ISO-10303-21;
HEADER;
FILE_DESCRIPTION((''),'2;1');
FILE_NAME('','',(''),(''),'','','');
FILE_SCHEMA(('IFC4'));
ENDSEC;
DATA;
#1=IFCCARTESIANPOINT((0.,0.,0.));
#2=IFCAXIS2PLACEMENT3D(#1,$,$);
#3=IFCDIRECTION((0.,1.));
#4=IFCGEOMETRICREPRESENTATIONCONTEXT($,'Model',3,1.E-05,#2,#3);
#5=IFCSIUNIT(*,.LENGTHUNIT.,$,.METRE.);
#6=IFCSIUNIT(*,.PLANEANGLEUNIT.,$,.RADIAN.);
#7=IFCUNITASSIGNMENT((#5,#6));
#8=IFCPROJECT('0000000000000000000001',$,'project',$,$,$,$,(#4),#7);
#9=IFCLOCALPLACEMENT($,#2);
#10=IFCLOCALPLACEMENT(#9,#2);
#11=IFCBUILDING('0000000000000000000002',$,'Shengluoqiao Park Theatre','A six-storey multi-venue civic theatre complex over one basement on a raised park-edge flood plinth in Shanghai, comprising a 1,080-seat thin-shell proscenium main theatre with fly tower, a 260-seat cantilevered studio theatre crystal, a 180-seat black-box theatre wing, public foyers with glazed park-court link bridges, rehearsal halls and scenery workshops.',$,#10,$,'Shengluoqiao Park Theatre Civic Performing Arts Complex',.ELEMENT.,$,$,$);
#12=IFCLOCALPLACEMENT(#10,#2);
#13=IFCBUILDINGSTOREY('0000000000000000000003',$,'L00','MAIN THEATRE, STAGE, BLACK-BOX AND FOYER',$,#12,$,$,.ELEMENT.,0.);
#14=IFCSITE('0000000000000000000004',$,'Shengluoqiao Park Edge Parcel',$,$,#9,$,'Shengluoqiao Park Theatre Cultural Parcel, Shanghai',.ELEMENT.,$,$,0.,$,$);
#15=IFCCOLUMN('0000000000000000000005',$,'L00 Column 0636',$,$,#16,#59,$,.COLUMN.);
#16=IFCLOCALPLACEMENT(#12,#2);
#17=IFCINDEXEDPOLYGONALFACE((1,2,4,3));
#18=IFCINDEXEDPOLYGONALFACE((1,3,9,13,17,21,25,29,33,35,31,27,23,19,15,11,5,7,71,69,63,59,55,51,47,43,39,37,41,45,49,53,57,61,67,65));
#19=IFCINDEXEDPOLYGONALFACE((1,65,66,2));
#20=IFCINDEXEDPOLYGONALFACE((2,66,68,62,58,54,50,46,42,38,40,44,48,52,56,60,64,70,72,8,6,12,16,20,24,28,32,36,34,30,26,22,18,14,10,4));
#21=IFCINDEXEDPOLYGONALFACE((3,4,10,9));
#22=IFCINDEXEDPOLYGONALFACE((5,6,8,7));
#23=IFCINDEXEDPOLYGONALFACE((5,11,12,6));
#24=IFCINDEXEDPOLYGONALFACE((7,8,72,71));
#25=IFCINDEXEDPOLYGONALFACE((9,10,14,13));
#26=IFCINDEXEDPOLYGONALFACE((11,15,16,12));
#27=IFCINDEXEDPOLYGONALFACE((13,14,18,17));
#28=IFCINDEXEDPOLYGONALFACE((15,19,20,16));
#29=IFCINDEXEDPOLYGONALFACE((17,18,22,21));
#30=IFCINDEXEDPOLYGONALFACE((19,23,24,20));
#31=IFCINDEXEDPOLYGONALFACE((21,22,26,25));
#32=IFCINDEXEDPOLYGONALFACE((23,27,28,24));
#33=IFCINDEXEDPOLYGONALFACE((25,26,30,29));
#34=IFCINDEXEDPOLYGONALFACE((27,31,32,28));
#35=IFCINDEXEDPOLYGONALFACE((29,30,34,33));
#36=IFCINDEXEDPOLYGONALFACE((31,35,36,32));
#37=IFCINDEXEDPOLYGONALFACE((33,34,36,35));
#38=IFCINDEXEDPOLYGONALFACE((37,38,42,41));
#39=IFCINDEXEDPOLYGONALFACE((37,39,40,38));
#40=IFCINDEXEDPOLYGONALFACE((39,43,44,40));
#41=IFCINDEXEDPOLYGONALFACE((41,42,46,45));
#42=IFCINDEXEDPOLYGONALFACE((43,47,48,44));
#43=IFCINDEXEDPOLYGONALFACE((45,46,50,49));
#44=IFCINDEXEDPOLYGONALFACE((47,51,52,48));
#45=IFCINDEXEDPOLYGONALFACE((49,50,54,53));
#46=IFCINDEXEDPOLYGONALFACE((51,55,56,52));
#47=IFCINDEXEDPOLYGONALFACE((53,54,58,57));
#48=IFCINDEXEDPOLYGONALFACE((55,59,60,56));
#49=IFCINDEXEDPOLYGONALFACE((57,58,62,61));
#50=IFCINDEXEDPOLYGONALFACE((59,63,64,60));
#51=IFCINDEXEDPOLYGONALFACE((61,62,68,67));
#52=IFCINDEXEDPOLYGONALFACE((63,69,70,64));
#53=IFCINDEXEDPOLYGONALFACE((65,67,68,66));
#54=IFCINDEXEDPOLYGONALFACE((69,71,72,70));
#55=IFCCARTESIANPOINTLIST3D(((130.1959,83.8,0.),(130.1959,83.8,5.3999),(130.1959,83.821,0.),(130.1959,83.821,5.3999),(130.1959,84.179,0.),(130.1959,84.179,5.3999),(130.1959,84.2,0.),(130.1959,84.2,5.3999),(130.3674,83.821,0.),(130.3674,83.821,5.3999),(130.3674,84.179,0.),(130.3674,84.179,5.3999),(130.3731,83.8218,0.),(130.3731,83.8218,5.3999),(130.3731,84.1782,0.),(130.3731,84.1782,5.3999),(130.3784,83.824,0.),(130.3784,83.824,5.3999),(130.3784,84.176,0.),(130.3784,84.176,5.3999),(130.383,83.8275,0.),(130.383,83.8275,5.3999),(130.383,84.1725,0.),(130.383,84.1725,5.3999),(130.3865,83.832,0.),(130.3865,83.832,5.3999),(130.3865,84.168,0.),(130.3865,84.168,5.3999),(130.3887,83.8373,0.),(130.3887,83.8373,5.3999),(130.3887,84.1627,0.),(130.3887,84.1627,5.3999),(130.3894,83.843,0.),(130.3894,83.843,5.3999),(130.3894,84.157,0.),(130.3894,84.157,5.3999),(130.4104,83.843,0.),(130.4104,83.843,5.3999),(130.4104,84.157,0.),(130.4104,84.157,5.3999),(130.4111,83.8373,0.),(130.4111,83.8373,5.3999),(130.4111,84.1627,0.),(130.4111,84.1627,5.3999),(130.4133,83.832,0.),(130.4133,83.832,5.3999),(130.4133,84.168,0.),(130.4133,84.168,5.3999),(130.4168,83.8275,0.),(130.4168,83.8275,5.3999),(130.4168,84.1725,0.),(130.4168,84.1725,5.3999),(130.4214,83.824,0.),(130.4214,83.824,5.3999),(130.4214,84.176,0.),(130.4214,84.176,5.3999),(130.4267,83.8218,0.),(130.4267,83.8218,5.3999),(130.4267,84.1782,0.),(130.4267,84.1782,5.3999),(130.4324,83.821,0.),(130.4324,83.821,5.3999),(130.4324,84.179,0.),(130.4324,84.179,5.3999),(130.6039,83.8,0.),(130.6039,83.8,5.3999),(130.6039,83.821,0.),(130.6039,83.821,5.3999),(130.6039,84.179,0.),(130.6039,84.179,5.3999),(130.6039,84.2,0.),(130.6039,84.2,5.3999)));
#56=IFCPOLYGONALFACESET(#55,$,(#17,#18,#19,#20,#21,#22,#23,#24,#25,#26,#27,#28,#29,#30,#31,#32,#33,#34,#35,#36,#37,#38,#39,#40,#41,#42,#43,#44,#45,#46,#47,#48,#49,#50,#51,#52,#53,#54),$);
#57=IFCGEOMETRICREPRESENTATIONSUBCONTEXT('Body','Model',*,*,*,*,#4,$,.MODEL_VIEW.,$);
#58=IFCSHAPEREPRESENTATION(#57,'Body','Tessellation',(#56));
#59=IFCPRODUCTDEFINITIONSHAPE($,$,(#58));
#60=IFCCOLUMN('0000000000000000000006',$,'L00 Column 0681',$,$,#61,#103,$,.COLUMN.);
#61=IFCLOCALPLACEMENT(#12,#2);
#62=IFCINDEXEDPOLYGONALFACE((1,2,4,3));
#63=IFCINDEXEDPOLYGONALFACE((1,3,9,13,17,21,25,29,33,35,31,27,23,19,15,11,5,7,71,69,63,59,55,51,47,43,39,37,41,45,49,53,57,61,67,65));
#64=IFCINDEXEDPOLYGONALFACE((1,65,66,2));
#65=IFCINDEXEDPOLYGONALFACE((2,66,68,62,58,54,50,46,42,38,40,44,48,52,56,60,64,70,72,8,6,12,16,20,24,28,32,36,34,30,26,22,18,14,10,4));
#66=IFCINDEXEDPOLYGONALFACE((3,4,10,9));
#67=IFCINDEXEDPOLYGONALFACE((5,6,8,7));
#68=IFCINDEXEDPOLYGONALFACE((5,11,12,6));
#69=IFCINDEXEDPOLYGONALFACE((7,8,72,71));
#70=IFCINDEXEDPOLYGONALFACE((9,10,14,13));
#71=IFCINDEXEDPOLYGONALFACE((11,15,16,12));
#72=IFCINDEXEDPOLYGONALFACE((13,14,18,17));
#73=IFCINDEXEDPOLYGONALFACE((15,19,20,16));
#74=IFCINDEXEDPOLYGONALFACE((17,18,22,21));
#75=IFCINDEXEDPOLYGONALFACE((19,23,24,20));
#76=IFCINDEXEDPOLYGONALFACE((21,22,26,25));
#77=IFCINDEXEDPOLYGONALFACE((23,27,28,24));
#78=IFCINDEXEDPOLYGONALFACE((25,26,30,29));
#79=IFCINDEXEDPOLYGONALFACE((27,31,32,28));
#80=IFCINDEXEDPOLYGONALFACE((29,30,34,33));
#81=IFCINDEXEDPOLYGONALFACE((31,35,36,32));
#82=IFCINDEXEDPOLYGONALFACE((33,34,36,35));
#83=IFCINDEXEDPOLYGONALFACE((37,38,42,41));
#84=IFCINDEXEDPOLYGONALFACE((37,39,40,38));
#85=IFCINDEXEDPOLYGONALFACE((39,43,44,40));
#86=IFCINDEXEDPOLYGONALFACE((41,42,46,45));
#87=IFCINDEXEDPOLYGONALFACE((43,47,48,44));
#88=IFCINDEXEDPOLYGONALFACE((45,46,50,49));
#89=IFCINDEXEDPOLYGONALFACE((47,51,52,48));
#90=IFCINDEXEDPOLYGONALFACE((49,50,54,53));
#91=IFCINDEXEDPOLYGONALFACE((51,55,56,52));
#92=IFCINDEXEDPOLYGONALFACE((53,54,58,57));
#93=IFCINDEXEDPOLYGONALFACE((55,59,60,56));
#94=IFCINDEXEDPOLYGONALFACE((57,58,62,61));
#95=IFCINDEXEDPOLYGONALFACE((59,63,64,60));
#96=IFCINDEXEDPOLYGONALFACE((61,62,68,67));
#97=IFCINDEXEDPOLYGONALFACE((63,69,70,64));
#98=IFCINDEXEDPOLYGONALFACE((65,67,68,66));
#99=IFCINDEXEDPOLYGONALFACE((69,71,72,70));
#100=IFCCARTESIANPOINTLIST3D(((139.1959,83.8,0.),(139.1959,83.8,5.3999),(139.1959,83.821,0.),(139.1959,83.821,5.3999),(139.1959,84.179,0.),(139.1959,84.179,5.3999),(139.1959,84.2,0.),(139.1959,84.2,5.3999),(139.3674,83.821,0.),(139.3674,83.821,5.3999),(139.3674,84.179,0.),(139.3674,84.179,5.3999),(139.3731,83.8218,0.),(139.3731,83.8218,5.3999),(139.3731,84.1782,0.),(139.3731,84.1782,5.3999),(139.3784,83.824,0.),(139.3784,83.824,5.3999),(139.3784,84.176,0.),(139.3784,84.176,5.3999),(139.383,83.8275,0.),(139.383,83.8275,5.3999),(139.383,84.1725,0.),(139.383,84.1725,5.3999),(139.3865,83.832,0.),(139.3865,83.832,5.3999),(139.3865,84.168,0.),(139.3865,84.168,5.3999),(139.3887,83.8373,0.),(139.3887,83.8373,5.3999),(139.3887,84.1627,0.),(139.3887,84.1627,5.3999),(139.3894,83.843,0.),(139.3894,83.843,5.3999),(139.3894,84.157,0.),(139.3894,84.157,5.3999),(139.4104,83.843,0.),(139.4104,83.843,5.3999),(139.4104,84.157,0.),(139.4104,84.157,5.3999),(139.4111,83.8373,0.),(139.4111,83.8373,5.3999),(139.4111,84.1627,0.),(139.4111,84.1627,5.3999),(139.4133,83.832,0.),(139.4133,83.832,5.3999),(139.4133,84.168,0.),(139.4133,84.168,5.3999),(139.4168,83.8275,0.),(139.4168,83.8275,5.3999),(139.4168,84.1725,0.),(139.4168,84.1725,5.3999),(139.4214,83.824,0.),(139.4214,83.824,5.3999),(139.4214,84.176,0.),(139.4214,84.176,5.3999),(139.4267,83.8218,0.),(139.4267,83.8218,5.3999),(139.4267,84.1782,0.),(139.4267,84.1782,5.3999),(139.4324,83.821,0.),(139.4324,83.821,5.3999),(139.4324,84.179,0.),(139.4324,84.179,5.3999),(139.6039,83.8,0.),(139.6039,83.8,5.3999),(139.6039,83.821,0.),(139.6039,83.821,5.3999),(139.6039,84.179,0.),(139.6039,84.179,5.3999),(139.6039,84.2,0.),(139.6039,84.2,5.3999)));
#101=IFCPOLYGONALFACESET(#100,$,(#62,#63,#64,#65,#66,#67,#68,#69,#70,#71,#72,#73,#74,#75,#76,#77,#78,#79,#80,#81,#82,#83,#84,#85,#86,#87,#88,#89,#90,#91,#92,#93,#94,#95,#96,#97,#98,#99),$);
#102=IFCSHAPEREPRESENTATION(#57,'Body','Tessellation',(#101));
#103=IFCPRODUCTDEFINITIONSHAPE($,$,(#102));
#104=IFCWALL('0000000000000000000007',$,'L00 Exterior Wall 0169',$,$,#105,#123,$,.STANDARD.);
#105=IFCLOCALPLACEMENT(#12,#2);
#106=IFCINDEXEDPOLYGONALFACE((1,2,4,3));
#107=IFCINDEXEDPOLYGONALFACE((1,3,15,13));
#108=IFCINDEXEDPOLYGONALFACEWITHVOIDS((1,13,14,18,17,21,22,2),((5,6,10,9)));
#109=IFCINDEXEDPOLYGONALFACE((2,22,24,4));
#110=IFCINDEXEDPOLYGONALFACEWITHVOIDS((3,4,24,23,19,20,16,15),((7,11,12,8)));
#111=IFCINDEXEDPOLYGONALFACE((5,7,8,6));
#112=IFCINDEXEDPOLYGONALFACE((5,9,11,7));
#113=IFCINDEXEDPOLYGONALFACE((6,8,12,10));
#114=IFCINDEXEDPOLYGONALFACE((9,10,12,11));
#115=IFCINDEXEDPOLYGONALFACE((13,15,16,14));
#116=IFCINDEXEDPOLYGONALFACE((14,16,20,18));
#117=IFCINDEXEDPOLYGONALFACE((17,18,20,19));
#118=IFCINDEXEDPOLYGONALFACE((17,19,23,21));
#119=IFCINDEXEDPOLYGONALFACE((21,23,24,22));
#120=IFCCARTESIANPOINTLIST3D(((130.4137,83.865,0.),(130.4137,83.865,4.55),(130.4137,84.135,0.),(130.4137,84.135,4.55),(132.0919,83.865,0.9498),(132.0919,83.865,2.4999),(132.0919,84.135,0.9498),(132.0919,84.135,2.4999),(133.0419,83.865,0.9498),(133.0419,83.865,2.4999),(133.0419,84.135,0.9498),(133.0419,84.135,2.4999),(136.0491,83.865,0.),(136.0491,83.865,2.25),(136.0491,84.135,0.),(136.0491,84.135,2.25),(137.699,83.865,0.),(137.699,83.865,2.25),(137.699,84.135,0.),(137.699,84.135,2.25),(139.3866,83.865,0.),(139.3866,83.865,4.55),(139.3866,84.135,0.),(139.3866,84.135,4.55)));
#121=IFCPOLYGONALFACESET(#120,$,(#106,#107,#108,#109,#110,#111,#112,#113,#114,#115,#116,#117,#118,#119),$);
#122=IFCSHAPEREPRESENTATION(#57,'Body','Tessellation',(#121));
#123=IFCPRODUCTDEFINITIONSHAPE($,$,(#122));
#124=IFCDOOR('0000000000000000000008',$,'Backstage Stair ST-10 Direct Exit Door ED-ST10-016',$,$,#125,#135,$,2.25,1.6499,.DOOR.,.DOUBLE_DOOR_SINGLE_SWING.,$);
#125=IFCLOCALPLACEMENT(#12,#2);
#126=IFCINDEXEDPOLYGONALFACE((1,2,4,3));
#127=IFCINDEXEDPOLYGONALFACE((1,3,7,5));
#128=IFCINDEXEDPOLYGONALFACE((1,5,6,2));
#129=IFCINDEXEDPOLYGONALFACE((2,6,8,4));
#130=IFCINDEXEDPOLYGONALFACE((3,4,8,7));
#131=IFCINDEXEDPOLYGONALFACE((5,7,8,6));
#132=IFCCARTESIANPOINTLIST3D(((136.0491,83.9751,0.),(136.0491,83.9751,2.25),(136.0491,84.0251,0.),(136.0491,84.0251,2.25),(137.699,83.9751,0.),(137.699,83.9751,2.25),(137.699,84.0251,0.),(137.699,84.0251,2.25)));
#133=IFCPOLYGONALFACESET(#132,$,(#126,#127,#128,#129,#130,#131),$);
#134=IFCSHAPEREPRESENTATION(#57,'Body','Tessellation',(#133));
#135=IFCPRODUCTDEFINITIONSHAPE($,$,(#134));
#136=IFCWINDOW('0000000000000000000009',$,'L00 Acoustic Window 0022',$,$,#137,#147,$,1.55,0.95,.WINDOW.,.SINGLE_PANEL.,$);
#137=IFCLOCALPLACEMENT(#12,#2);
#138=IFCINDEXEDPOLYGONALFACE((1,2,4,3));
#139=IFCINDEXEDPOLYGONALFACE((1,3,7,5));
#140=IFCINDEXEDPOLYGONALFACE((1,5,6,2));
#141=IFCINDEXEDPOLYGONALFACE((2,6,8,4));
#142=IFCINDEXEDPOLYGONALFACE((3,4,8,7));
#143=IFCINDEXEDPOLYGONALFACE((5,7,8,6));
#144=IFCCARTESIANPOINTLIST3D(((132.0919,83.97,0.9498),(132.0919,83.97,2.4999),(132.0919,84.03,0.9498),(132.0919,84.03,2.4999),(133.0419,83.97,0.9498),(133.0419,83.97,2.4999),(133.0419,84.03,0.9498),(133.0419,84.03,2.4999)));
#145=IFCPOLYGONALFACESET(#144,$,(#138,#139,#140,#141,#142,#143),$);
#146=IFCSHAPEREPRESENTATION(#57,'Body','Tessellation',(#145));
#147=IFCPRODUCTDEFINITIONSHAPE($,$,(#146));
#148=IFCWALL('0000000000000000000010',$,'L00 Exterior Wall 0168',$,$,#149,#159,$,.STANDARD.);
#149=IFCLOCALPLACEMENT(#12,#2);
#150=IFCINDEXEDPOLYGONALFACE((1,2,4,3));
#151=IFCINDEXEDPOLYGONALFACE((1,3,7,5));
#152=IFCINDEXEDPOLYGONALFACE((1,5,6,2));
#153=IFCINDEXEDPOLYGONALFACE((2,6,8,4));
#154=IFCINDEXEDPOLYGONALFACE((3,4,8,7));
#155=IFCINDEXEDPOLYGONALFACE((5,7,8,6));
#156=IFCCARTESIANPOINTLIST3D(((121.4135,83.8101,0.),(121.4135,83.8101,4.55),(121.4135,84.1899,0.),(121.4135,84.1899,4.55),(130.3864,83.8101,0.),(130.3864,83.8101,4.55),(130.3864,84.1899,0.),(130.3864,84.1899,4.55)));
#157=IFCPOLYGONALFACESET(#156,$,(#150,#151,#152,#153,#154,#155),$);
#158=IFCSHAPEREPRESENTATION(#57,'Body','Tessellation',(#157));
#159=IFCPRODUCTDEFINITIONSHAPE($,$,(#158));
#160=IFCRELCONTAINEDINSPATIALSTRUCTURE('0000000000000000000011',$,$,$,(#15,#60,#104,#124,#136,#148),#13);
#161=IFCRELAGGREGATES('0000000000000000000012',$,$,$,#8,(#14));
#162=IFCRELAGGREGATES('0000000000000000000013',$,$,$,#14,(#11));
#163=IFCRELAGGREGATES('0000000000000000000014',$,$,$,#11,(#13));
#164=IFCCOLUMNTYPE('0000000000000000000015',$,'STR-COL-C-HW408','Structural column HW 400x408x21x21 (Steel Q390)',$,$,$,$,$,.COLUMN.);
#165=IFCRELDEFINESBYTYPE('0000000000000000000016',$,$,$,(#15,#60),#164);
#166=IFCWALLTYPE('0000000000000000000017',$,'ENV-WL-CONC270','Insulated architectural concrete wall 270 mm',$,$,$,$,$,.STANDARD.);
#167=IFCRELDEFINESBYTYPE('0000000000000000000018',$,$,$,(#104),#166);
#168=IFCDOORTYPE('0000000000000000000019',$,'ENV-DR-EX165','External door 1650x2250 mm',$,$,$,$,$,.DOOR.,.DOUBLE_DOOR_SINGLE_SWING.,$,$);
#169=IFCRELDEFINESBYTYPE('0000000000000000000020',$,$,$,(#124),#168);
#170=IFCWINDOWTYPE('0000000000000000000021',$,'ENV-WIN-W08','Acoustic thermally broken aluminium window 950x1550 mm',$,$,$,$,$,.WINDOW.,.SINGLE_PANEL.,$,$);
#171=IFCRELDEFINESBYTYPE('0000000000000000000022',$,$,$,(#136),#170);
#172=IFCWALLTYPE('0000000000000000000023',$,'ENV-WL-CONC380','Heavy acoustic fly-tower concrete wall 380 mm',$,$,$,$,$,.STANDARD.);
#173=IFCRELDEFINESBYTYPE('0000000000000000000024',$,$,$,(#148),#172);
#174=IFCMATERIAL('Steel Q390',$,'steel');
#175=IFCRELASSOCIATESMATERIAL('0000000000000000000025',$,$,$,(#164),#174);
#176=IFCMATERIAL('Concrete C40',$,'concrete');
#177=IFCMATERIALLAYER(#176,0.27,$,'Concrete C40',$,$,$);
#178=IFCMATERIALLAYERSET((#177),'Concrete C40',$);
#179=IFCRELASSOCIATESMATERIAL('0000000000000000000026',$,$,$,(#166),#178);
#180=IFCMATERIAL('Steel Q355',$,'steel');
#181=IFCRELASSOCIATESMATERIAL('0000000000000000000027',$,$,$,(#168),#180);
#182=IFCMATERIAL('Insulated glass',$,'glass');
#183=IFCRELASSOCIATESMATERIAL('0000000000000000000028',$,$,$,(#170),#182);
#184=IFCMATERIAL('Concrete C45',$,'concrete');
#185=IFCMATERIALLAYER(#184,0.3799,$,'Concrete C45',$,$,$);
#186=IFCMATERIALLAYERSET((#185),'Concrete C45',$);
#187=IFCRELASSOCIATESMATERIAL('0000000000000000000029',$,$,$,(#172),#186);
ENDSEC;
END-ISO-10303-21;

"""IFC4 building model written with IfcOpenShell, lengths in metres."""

from ifc_helpers import new_model, si_unit, direction, frame, frame_2d, origin, origin_2d, place, context, subcontext, project, spatial, rectangle, i_section, extrude, material, layer, layer_set, material_profile, profile_set, type_object, element, fill, save


model = new_model("IFC4")

# Units and contexts
model_context = context("Model", 3, precision=1e-05, world=origin(), true_north=direction((0.0, 1.0)))
body_context = subcontext(model_context, "Body", "Model", "MODEL_VIEW")
ifc_project = project(units=[si_unit("LENGTHUNIT", "METRE"), si_unit("PLANEANGLEUNIT", "RADIAN")], contexts=[model_context])

# Site, building, storey
site_placement = place(None, origin())
site = spatial("IfcSite", under=ifc_project, at=site_placement, Name="Shengluoqiao Park Edge Parcel", LongName="Shengluoqiao Park Theatre Cultural Parcel, Shanghai", CompositionType="ELEMENT", RefElevation=0.0)
building_placement = place(site_placement, origin())
building = spatial("IfcBuilding", under=site, at=building_placement, Name="Shengluoqiao Park Theatre", Description="A six-storey multi-venue civic theatre complex over one basement on a raised park-edge flood plinth in Shanghai, comprising a 1,080-seat thin-shell proscenium main theatre with fly tower, a 260-seat cantilevered studio theatre crystal, a 180-seat black-box theatre wing, public foyers with glazed park-court link bridges, rehearsal halls and scenery workshops.", LongName="Shengluoqiao Park Theatre Civic Performing Arts Complex", CompositionType="ELEMENT")
storey_placement = place(building_placement, origin())
storey = spatial("IfcBuildingStorey", under=building, at=storey_placement, Name="L00", Description="MAIN THEATRE, STAGE, BLACK-BOX AND FOYER", CompositionType="ELEMENT", Elevation=0.0)

# Shared definitions
ifc_material_1 = material(Name="Concrete C40", Category="concrete")

# Columns
ifc_material_2 = material(Name="Steel Q390", Category="steel")
ifc_material_profile_1 = material_profile(ifc_material_2, i_section(OverallWidth=0.408, OverallDepth=0.3999, WebThickness=0.021, FlangeThickness=0.021, FilletRadius=0.022, at=origin_2d()), Name="HW 400x408x21x21")
ifc_profile_set_1 = profile_set([ifc_material_profile_1], Name="Steel Q390")
column_type_1 = type_object("IfcColumnType", Name="STR-COL-C-HW408", Description="Structural column HW 400x408x21x21 (Steel Q390)", PredefinedType="COLUMN", material=ifc_profile_set_1)
for number, where, z_axis, x_axis, name in (
    (1, (130.3999, 84.0, 0.0), (0.0, 0.0, 1.0), (1.0, 0.0, 0.0), "L00 Column 0636"),
    (2, (139.3999, 84.0, 0.0), (0.0, 0.0, 1.0), (1.0, 0.0, 0.0), "L00 Column 0681"),
):
    element("IfcColumn", number, at=place(storey_placement, frame(where, z_axis=z_axis, x_axis=x_axis)), inside=storey, type_object=column_type_1, Name=name, PredefinedType="COLUMN", context=body_context, shape_type="SweptSolid", body=[
        extrude(i_section(OverallWidth=0.408, OverallDepth=0.3999, WebThickness=0.021, FlangeThickness=0.021, FilletRadius=0.022, at=origin_2d()), origin(), (0.0, 0.0, 1.0), 5.3999),
    ])

# Wall, openings, door, window
ifc_layer_1 = layer(ifc_material_1, 0.27, Name="Concrete C40")
ifc_layer_set_1 = layer_set([ifc_layer_1], Name="Concrete C40")
wall_type_1 = type_object("IfcWallType", Name="ENV-WL-CONC270", Description="Insulated architectural concrete wall 270 mm", PredefinedType="STANDARD", material=ifc_layer_set_1)
wall_1_placement = place(storey_placement, frame((139.3865, 84.0, 0.0), z_axis=(0.0, 0.0, 1.0), x_axis=(-1.0, 0.0, 0.0)))
wall_1 = element("IfcWall", 3, at=wall_1_placement, inside=storey, type_object=wall_type_1, Name="L00 Exterior Wall 0169", PredefinedType="STANDARD", context=body_context, shape_type="SweptSolid", body=[
    extrude(rectangle(XDim=8.9729, YDim=0.27, at=frame_2d((4.4863, 0.0))), origin(), (0.0, 0.0, 1.0), 4.55),
])
opening_1_placement = place(wall_1_placement, frame((6.3445, 0.0, 0.95)))
opening_1 = element("IfcOpeningElement", 4, at=opening_1_placement, cuts=wall_1, PredefinedType="OPENING", context=body_context, shape_type="SweptSolid", body=[
    extrude(rectangle(XDim=0.95, YDim=1.55, at=frame_2d((0.4751, 0.7749))), frame((0.0, 0.145, 0.0), z_axis=(0.0, -1.0, 0.0), x_axis=(1.0, 0.0, 0.0)), (0.0, 0.0, 1.0), 0.29),
])
opening_2_placement = place(wall_1_placement, frame((1.6875, 0.0, 0.0)))
opening_2 = element("IfcOpeningElement", 5, at=opening_2_placement, cuts=wall_1, PredefinedType="OPENING", context=body_context, shape_type="SweptSolid", body=[
    extrude(rectangle(XDim=1.6499, YDim=2.25, at=frame_2d((0.825, 1.125))), frame((0.0, 0.145, 0.0), z_axis=(0.0, -1.0, 0.0), x_axis=(1.0, 0.0, 0.0)), (0.0, 0.0, 1.0), 0.29),
])
ifc_material_3 = material(Name="Steel Q355", Category="steel")
door_type = type_object("IfcDoorType", Name="ENV-DR-EX165", Description="External door 1650x2250 mm", OperationType="DOUBLE_DOOR_SINGLE_SWING", PredefinedType="DOOR", material=ifc_material_3)
door_placement = place(opening_2_placement, origin())
door = element("IfcDoor", 6, at=door_placement, inside=storey, type_object=door_type, Name="Backstage Stair ST-10 Direct Exit Door ED-ST10-016", OperationType="DOUBLE_DOOR_SINGLE_SWING", OverallHeight=2.25, OverallWidth=1.6499, PredefinedType="DOOR", context=body_context, shape_type="SweptSolid", body=[
    extrude(rectangle(XDim=1.6499, YDim=2.25, at=frame_2d((0.825, 1.125))), frame((0.0, 0.0249, 0.0), z_axis=(0.0, -1.0, 0.0), x_axis=(1.0, 0.0, 0.0)), (0.0, 0.0, 1.0), 0.05),
])
fill(opening_2, door)
ifc_material_4 = material(Name="Insulated glass", Category="glass")
window_type = type_object("IfcWindowType", Name="ENV-WIN-W08", Description="Acoustic thermally broken aluminium window 950x1550 mm", PartitioningType="SINGLE_PANEL", PredefinedType="WINDOW", material=ifc_material_4)
window_placement = place(opening_1_placement, origin())
window = element("IfcWindow", 7, at=window_placement, inside=storey, type_object=window_type, Name="L00 Acoustic Window 0022", OverallHeight=1.55, OverallWidth=0.95, PartitioningType="SINGLE_PANEL", PredefinedType="WINDOW", context=body_context, shape_type="SweptSolid", body=[
    extrude(rectangle(XDim=0.95, YDim=1.55, at=frame_2d((0.4751, 0.7749))), frame((0.0, 0.03, 0.0), z_axis=(0.0, -1.0, 0.0), x_axis=(1.0, 0.0, 0.0)), (0.0, 0.0, 1.0), 0.0601),
])
fill(opening_1, window)

# Wall
ifc_material_5 = material(Name="Concrete C45", Category="concrete")
ifc_layer_2 = layer(ifc_material_5, 0.3799, Name="Concrete C45")
ifc_layer_set_2 = layer_set([ifc_layer_2], Name="Concrete C45")
wall_type_2 = type_object("IfcWallType", Name="ENV-WL-CONC380", Description="Heavy acoustic fly-tower concrete wall 380 mm", PredefinedType="STANDARD", material=ifc_layer_set_2)
wall_2_placement = place(storey_placement, frame((121.4136, 84.0, 0.0), z_axis=(0.0, 0.0, 1.0), x_axis=(1.0, 0.0, 0.0)))
element("IfcWall", 8, at=wall_2_placement, inside=storey, type_object=wall_type_2, Name="L00 Exterior Wall 0168", PredefinedType="STANDARD", context=body_context, shape_type="SweptSolid", body=[
    extrude(rectangle(XDim=8.9729, YDim=0.3799, at=frame_2d((4.4863, 0.0))), origin(), (0.0, 0.0, 1.0), 4.55),
])

save(model, "model.ifc")
